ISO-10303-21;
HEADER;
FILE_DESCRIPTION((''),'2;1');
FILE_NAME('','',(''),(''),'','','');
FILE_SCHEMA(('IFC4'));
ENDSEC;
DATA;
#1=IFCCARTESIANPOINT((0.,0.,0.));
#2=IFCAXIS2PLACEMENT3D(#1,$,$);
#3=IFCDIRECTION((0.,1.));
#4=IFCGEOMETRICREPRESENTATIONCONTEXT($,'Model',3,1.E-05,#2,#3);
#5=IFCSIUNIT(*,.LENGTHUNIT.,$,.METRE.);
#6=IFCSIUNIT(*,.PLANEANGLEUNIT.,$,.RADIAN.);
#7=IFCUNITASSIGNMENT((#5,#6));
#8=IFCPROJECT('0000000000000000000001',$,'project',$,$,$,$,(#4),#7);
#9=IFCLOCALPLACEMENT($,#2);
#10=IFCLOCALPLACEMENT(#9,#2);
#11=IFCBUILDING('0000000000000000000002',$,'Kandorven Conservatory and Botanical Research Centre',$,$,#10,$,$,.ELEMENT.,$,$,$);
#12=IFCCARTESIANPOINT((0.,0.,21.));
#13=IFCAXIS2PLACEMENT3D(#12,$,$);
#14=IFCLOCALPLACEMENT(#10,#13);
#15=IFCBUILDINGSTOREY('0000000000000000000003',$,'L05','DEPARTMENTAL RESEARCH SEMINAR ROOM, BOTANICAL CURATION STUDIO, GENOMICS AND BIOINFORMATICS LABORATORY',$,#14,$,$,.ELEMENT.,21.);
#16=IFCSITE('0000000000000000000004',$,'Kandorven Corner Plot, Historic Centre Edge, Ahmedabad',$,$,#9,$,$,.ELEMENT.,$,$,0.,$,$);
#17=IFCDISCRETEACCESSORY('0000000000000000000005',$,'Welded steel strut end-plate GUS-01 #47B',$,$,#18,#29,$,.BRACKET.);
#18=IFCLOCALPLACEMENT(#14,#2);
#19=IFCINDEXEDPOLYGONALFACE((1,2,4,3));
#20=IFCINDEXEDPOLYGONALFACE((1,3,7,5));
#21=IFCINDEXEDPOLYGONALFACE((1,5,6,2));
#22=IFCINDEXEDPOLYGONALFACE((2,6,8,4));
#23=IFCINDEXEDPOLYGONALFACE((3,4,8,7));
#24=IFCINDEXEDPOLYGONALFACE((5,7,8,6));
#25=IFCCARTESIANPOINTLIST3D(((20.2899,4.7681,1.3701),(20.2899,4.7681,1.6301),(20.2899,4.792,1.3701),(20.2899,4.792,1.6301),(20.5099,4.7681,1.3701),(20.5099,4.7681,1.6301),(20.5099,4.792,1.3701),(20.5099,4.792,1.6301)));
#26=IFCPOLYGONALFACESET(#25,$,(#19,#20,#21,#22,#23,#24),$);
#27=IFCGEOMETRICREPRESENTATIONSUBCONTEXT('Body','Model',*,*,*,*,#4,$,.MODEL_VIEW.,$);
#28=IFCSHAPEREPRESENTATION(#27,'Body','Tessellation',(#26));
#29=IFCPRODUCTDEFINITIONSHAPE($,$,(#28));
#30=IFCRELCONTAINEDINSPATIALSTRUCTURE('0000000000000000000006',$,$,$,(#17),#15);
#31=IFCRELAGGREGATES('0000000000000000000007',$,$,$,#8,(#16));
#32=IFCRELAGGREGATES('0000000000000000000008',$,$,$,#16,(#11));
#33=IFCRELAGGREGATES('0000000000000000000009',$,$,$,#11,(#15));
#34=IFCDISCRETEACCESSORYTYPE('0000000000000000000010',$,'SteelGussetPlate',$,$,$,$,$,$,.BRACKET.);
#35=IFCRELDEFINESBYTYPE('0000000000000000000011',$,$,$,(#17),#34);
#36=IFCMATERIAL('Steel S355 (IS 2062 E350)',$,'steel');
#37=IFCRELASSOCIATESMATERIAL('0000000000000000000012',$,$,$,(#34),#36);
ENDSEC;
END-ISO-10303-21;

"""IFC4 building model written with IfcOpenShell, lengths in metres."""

from ifc_helpers import new_model, si_unit, direction, frame, origin, origin_2d, place, context, subcontext, project, spatial, rectangle, extrude, material, type_object, element, save


model = new_model("IFC4")

# Units and contexts
model_context = context("Model", 3, precision=1e-05, world=origin(), true_north=direction((0.0, 1.0)))
body_context = subcontext(model_context, "Body", "Model", "MODEL_VIEW")
ifc_project = project(units=[si_unit("LENGTHUNIT", "METRE"), si_unit("PLANEANGLEUNIT", "RADIAN")], contexts=[model_context])

# Site, building, storey
site_placement = place(None, origin())
site = spatial("IfcSite", under=ifc_project, at=site_placement, Name="Kandorven Corner Plot, Historic Centre Edge, Ahmedabad", CompositionType="ELEMENT", RefElevation=0.0)
building_placement = place(site_placement, origin())
building = spatial("IfcBuilding", under=site, at=building_placement, Name="Kandorven Conservatory and Botanical Research Centre", CompositionType="ELEMENT")
storey_placement = place(building_placement, frame((0.0, 0.0, 21.0)))
storey = spatial("IfcBuildingStorey", under=building, at=storey_placement, Name="L05", Description="DEPARTMENTAL RESEARCH SEMINAR ROOM, BOTANICAL CURATION STUDIO, GENOMICS AND BIOINFORMATICS LABORATORY", CompositionType="ELEMENT", Elevation=21.0)

# Discrete accessory
ifc_material_1 = material(Name="Steel S355 (IS 2062 E350)", Category="steel")
discrete_accessory_type_1 = type_object("IfcDiscreteAccessoryType", Name="SteelGussetPlate", PredefinedType="BRACKET", material=ifc_material_1)
discrete_accessory_1_placement = place(storey_placement, frame((20.3999, 4.78, 1.3701), z_axis=(0.0, 0.0, 1.0), x_axis=(1.0, 0.0, 0.0)))
element("IfcDiscreteAccessory", 1, at=discrete_accessory_1_placement, inside=storey, type_object=discrete_accessory_type_1, Name="Welded steel strut end-plate GUS-01 #47B", PredefinedType="BRACKET", context=body_context, shape_type="SweptSolid", body=[
    extrude(rectangle(XDim=0.22, YDim=0.0239, at=origin_2d()), origin(), (0.0, 0.0, 1.0), 0.26),
])

save(model, "model.ifc")
